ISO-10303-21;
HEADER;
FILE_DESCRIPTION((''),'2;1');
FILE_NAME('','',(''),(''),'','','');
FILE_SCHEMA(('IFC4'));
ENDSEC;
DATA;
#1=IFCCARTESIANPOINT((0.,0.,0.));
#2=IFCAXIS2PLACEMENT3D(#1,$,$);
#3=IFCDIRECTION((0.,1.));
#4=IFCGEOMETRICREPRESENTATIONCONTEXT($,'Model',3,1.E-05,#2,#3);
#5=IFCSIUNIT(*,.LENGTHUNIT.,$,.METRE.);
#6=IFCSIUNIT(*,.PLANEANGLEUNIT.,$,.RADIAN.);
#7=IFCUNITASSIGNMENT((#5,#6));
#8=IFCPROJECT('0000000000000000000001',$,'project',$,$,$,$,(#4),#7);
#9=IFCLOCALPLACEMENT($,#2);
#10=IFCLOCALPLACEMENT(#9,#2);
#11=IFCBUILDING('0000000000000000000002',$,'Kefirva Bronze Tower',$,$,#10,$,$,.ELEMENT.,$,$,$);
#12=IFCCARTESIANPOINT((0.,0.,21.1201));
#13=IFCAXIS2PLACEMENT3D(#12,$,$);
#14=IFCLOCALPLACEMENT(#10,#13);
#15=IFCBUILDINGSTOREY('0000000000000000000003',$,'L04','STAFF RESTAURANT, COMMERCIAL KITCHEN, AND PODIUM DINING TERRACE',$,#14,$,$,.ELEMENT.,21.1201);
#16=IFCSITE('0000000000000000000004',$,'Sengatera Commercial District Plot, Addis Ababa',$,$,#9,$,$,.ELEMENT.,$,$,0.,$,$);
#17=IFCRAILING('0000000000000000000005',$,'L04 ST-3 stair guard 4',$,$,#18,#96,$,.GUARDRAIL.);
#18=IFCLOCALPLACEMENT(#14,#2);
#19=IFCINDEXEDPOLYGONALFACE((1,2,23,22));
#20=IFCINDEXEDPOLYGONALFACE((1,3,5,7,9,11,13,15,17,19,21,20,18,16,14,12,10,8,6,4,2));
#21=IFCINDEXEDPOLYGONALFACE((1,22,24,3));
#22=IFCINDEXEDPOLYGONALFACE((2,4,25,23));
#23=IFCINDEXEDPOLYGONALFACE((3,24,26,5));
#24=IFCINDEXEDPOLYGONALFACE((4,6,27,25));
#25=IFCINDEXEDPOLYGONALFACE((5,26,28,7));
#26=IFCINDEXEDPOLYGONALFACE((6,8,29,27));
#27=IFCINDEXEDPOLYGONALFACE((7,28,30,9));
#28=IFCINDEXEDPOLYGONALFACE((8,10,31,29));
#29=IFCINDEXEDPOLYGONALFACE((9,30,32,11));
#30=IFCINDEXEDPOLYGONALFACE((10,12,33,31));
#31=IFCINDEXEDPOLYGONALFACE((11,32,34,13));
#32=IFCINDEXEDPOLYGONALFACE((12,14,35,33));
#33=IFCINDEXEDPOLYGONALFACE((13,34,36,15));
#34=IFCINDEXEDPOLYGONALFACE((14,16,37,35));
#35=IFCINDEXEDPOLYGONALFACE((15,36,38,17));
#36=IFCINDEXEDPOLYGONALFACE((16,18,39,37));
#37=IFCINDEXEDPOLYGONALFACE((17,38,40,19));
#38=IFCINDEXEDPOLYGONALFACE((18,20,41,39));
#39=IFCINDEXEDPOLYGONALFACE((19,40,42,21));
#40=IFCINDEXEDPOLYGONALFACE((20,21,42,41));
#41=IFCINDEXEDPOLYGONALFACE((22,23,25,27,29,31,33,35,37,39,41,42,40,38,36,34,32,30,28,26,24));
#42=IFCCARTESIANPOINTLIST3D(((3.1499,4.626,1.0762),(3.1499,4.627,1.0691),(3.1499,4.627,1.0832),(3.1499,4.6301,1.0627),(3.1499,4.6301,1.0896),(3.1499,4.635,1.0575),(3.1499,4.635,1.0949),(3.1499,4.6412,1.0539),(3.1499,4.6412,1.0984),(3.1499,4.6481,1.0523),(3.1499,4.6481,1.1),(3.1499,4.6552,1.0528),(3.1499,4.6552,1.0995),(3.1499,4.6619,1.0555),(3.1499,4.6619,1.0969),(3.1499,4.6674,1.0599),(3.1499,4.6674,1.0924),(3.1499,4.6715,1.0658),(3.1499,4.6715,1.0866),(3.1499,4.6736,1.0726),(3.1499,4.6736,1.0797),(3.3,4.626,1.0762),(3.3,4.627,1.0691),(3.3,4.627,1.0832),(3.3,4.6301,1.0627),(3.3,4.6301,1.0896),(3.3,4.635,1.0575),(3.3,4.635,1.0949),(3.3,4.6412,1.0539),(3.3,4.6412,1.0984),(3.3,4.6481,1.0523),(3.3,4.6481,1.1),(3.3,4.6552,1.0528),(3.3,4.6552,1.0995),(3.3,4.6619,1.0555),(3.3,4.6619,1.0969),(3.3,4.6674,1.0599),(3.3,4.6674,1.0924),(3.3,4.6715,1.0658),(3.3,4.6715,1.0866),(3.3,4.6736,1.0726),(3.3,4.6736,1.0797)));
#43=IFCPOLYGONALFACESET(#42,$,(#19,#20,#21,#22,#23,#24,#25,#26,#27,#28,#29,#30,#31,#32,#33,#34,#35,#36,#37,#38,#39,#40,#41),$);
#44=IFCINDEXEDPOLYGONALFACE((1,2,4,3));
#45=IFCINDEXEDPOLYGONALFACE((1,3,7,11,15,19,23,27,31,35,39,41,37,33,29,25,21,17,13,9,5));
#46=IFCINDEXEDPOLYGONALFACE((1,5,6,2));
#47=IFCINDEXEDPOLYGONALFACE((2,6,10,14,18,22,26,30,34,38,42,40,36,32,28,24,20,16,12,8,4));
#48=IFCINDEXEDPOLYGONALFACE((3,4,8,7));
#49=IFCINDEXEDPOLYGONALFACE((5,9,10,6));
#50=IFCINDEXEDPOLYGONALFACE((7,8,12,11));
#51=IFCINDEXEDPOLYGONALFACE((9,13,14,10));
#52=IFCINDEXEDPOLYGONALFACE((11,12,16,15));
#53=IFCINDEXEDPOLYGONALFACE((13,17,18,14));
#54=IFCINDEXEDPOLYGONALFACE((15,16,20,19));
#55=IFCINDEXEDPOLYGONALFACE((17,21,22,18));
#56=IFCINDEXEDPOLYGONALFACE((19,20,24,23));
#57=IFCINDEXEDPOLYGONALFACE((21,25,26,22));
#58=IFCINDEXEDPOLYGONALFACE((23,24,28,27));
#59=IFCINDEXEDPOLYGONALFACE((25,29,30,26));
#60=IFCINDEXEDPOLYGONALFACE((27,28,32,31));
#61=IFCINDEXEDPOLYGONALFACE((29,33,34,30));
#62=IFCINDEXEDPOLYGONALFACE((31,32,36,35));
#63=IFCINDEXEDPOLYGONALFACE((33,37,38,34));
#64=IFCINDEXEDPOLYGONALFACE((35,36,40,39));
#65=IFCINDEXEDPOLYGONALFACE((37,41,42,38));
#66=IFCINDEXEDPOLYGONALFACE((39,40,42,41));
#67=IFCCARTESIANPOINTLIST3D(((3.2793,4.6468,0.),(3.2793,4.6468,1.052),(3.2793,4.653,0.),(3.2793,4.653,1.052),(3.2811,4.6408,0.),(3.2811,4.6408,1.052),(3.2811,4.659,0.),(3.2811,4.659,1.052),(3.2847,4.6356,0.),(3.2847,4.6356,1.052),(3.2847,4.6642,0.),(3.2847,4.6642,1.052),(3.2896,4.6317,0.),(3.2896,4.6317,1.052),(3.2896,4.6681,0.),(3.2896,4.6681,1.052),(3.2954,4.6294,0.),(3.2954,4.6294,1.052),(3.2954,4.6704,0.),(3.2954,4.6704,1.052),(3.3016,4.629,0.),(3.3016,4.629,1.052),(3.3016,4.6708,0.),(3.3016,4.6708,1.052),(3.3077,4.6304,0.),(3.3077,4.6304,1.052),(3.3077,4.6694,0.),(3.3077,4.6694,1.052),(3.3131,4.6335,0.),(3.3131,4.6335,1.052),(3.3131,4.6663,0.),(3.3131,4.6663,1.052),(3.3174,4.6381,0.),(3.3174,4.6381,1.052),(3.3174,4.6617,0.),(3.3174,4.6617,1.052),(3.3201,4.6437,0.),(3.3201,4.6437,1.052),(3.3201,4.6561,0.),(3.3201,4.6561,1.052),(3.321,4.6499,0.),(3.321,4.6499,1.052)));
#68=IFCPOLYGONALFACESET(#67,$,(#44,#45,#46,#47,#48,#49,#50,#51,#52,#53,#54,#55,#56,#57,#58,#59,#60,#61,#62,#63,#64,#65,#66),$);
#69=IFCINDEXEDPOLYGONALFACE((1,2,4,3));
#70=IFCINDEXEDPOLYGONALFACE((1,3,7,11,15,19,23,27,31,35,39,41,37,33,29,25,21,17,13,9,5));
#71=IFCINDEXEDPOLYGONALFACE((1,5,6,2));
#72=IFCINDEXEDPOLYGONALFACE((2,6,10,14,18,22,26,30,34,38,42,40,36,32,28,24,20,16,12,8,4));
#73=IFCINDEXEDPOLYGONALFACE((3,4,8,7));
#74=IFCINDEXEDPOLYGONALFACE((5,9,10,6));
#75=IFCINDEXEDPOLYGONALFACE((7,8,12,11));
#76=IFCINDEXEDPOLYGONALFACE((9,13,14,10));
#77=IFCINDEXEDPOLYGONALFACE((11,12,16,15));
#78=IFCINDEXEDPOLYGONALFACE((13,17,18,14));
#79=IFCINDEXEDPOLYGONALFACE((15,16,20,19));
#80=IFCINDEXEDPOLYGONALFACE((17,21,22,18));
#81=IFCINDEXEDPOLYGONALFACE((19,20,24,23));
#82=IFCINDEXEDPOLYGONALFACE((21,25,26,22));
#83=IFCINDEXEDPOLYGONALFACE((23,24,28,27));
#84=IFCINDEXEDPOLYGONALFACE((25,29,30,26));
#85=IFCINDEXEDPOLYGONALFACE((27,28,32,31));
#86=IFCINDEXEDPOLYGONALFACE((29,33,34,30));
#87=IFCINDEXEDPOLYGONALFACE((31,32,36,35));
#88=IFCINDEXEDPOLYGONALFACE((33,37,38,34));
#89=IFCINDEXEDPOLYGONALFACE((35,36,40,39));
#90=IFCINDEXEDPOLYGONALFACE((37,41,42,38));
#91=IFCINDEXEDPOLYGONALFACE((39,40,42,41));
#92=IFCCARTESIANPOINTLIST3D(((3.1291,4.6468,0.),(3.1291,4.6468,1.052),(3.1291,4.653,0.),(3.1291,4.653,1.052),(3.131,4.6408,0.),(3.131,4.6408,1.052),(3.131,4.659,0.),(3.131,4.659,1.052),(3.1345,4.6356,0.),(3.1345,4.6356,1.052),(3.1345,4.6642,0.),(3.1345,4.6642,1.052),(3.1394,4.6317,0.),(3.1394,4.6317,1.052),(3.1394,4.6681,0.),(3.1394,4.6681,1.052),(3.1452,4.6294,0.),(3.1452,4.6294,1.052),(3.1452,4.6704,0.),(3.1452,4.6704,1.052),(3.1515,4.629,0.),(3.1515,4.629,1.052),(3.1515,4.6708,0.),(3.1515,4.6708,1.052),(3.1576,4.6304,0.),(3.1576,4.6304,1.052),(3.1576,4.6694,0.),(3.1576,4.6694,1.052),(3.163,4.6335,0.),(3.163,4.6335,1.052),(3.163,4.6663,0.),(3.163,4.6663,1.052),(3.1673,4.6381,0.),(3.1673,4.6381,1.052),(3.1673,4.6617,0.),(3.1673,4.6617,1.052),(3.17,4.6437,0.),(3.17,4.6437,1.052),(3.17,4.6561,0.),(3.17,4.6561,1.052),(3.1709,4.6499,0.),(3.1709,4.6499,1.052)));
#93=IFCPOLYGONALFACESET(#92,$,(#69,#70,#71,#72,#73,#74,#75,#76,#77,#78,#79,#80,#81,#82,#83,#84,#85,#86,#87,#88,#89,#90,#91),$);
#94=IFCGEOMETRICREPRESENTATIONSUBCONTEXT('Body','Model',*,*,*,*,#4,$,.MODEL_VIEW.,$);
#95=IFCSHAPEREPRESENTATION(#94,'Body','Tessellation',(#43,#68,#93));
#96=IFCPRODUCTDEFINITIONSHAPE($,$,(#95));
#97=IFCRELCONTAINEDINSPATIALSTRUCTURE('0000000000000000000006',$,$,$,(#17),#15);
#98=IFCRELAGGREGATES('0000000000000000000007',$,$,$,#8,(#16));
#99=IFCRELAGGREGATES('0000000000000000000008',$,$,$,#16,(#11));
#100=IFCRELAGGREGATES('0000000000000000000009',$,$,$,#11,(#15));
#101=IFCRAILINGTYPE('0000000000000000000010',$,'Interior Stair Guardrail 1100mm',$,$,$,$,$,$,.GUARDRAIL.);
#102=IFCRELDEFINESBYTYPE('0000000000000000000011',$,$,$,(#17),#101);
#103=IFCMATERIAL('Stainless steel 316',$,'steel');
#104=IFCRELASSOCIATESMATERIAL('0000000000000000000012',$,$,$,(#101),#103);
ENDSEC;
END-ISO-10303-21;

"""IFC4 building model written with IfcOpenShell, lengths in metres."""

from ifc_helpers import new_model, si_unit, direction, frame, origin, origin_2d, place, context, subcontext, project, spatial, circle, extrude, material, type_object, element, save


model = new_model("IFC4")

# Units and contexts
model_context = context("Model", 3, precision=1e-05, world=origin(), true_north=direction((0.0, 1.0)))
body_context = subcontext(model_context, "Body", "Model", "MODEL_VIEW")
ifc_project = project(units=[si_unit("LENGTHUNIT", "METRE"), si_unit("PLANEANGLEUNIT", "RADIAN")], contexts=[model_context])

# Site, building, storey
site_placement = place(None, origin())
site = spatial("IfcSite", under=ifc_project, at=site_placement, Name="Sengatera Commercial District Plot, Addis Ababa", CompositionType="ELEMENT", RefElevation=0.0)
building_placement = place(site_placement, origin())
building = spatial("IfcBuilding", under=site, at=building_placement, Name="Kefirva Bronze Tower", CompositionType="ELEMENT")
storey_placement = place(building_placement, frame((0.0, 0.0, 21.1201)))
storey = spatial("IfcBuildingStorey", under=building, at=storey_placement, Name="L04", Description="STAFF RESTAURANT, COMMERCIAL KITCHEN, AND PODIUM DINING TERRACE", CompositionType="ELEMENT", Elevation=21.1201)

# Railing
ifc_material_1 = material(Name="Stainless steel 316", Category="steel")
railing_type_1 = type_object("IfcRailingType", Name="Interior Stair Guardrail 1100mm", PredefinedType="GUARDRAIL", material=ifc_material_1)
railing_1_placement = place(storey_placement, frame((3.3, 4.6499, 0.0)))
element("IfcRailing", 1, at=railing_1_placement, inside=storey, type_object=railing_type_1, Name="L04 ST-3 stair guard 4", PredefinedType="GUARDRAIL", context=body_context, shape_type="SweptSolid", body=[
    extrude(circle(Radius=0.0239, at=origin_2d()), frame((0.0, 0.0, 1.0762), z_axis=(-1.0, 0.0, 0.0), x_axis=(0.0, -1.0, 0.0)), (0.0, 0.0, 1.0), 0.1501),
    extrude(circle(Radius=0.021, at=origin_2d()), origin(), (0.0, 0.0, 1.0), 1.052),
    extrude(circle(Radius=0.021, at=origin_2d()), frame((-0.1501, 0.0, 0.0)), (0.0, 0.0, 1.0), 1.052),
])

save(model, "model.ifc")
